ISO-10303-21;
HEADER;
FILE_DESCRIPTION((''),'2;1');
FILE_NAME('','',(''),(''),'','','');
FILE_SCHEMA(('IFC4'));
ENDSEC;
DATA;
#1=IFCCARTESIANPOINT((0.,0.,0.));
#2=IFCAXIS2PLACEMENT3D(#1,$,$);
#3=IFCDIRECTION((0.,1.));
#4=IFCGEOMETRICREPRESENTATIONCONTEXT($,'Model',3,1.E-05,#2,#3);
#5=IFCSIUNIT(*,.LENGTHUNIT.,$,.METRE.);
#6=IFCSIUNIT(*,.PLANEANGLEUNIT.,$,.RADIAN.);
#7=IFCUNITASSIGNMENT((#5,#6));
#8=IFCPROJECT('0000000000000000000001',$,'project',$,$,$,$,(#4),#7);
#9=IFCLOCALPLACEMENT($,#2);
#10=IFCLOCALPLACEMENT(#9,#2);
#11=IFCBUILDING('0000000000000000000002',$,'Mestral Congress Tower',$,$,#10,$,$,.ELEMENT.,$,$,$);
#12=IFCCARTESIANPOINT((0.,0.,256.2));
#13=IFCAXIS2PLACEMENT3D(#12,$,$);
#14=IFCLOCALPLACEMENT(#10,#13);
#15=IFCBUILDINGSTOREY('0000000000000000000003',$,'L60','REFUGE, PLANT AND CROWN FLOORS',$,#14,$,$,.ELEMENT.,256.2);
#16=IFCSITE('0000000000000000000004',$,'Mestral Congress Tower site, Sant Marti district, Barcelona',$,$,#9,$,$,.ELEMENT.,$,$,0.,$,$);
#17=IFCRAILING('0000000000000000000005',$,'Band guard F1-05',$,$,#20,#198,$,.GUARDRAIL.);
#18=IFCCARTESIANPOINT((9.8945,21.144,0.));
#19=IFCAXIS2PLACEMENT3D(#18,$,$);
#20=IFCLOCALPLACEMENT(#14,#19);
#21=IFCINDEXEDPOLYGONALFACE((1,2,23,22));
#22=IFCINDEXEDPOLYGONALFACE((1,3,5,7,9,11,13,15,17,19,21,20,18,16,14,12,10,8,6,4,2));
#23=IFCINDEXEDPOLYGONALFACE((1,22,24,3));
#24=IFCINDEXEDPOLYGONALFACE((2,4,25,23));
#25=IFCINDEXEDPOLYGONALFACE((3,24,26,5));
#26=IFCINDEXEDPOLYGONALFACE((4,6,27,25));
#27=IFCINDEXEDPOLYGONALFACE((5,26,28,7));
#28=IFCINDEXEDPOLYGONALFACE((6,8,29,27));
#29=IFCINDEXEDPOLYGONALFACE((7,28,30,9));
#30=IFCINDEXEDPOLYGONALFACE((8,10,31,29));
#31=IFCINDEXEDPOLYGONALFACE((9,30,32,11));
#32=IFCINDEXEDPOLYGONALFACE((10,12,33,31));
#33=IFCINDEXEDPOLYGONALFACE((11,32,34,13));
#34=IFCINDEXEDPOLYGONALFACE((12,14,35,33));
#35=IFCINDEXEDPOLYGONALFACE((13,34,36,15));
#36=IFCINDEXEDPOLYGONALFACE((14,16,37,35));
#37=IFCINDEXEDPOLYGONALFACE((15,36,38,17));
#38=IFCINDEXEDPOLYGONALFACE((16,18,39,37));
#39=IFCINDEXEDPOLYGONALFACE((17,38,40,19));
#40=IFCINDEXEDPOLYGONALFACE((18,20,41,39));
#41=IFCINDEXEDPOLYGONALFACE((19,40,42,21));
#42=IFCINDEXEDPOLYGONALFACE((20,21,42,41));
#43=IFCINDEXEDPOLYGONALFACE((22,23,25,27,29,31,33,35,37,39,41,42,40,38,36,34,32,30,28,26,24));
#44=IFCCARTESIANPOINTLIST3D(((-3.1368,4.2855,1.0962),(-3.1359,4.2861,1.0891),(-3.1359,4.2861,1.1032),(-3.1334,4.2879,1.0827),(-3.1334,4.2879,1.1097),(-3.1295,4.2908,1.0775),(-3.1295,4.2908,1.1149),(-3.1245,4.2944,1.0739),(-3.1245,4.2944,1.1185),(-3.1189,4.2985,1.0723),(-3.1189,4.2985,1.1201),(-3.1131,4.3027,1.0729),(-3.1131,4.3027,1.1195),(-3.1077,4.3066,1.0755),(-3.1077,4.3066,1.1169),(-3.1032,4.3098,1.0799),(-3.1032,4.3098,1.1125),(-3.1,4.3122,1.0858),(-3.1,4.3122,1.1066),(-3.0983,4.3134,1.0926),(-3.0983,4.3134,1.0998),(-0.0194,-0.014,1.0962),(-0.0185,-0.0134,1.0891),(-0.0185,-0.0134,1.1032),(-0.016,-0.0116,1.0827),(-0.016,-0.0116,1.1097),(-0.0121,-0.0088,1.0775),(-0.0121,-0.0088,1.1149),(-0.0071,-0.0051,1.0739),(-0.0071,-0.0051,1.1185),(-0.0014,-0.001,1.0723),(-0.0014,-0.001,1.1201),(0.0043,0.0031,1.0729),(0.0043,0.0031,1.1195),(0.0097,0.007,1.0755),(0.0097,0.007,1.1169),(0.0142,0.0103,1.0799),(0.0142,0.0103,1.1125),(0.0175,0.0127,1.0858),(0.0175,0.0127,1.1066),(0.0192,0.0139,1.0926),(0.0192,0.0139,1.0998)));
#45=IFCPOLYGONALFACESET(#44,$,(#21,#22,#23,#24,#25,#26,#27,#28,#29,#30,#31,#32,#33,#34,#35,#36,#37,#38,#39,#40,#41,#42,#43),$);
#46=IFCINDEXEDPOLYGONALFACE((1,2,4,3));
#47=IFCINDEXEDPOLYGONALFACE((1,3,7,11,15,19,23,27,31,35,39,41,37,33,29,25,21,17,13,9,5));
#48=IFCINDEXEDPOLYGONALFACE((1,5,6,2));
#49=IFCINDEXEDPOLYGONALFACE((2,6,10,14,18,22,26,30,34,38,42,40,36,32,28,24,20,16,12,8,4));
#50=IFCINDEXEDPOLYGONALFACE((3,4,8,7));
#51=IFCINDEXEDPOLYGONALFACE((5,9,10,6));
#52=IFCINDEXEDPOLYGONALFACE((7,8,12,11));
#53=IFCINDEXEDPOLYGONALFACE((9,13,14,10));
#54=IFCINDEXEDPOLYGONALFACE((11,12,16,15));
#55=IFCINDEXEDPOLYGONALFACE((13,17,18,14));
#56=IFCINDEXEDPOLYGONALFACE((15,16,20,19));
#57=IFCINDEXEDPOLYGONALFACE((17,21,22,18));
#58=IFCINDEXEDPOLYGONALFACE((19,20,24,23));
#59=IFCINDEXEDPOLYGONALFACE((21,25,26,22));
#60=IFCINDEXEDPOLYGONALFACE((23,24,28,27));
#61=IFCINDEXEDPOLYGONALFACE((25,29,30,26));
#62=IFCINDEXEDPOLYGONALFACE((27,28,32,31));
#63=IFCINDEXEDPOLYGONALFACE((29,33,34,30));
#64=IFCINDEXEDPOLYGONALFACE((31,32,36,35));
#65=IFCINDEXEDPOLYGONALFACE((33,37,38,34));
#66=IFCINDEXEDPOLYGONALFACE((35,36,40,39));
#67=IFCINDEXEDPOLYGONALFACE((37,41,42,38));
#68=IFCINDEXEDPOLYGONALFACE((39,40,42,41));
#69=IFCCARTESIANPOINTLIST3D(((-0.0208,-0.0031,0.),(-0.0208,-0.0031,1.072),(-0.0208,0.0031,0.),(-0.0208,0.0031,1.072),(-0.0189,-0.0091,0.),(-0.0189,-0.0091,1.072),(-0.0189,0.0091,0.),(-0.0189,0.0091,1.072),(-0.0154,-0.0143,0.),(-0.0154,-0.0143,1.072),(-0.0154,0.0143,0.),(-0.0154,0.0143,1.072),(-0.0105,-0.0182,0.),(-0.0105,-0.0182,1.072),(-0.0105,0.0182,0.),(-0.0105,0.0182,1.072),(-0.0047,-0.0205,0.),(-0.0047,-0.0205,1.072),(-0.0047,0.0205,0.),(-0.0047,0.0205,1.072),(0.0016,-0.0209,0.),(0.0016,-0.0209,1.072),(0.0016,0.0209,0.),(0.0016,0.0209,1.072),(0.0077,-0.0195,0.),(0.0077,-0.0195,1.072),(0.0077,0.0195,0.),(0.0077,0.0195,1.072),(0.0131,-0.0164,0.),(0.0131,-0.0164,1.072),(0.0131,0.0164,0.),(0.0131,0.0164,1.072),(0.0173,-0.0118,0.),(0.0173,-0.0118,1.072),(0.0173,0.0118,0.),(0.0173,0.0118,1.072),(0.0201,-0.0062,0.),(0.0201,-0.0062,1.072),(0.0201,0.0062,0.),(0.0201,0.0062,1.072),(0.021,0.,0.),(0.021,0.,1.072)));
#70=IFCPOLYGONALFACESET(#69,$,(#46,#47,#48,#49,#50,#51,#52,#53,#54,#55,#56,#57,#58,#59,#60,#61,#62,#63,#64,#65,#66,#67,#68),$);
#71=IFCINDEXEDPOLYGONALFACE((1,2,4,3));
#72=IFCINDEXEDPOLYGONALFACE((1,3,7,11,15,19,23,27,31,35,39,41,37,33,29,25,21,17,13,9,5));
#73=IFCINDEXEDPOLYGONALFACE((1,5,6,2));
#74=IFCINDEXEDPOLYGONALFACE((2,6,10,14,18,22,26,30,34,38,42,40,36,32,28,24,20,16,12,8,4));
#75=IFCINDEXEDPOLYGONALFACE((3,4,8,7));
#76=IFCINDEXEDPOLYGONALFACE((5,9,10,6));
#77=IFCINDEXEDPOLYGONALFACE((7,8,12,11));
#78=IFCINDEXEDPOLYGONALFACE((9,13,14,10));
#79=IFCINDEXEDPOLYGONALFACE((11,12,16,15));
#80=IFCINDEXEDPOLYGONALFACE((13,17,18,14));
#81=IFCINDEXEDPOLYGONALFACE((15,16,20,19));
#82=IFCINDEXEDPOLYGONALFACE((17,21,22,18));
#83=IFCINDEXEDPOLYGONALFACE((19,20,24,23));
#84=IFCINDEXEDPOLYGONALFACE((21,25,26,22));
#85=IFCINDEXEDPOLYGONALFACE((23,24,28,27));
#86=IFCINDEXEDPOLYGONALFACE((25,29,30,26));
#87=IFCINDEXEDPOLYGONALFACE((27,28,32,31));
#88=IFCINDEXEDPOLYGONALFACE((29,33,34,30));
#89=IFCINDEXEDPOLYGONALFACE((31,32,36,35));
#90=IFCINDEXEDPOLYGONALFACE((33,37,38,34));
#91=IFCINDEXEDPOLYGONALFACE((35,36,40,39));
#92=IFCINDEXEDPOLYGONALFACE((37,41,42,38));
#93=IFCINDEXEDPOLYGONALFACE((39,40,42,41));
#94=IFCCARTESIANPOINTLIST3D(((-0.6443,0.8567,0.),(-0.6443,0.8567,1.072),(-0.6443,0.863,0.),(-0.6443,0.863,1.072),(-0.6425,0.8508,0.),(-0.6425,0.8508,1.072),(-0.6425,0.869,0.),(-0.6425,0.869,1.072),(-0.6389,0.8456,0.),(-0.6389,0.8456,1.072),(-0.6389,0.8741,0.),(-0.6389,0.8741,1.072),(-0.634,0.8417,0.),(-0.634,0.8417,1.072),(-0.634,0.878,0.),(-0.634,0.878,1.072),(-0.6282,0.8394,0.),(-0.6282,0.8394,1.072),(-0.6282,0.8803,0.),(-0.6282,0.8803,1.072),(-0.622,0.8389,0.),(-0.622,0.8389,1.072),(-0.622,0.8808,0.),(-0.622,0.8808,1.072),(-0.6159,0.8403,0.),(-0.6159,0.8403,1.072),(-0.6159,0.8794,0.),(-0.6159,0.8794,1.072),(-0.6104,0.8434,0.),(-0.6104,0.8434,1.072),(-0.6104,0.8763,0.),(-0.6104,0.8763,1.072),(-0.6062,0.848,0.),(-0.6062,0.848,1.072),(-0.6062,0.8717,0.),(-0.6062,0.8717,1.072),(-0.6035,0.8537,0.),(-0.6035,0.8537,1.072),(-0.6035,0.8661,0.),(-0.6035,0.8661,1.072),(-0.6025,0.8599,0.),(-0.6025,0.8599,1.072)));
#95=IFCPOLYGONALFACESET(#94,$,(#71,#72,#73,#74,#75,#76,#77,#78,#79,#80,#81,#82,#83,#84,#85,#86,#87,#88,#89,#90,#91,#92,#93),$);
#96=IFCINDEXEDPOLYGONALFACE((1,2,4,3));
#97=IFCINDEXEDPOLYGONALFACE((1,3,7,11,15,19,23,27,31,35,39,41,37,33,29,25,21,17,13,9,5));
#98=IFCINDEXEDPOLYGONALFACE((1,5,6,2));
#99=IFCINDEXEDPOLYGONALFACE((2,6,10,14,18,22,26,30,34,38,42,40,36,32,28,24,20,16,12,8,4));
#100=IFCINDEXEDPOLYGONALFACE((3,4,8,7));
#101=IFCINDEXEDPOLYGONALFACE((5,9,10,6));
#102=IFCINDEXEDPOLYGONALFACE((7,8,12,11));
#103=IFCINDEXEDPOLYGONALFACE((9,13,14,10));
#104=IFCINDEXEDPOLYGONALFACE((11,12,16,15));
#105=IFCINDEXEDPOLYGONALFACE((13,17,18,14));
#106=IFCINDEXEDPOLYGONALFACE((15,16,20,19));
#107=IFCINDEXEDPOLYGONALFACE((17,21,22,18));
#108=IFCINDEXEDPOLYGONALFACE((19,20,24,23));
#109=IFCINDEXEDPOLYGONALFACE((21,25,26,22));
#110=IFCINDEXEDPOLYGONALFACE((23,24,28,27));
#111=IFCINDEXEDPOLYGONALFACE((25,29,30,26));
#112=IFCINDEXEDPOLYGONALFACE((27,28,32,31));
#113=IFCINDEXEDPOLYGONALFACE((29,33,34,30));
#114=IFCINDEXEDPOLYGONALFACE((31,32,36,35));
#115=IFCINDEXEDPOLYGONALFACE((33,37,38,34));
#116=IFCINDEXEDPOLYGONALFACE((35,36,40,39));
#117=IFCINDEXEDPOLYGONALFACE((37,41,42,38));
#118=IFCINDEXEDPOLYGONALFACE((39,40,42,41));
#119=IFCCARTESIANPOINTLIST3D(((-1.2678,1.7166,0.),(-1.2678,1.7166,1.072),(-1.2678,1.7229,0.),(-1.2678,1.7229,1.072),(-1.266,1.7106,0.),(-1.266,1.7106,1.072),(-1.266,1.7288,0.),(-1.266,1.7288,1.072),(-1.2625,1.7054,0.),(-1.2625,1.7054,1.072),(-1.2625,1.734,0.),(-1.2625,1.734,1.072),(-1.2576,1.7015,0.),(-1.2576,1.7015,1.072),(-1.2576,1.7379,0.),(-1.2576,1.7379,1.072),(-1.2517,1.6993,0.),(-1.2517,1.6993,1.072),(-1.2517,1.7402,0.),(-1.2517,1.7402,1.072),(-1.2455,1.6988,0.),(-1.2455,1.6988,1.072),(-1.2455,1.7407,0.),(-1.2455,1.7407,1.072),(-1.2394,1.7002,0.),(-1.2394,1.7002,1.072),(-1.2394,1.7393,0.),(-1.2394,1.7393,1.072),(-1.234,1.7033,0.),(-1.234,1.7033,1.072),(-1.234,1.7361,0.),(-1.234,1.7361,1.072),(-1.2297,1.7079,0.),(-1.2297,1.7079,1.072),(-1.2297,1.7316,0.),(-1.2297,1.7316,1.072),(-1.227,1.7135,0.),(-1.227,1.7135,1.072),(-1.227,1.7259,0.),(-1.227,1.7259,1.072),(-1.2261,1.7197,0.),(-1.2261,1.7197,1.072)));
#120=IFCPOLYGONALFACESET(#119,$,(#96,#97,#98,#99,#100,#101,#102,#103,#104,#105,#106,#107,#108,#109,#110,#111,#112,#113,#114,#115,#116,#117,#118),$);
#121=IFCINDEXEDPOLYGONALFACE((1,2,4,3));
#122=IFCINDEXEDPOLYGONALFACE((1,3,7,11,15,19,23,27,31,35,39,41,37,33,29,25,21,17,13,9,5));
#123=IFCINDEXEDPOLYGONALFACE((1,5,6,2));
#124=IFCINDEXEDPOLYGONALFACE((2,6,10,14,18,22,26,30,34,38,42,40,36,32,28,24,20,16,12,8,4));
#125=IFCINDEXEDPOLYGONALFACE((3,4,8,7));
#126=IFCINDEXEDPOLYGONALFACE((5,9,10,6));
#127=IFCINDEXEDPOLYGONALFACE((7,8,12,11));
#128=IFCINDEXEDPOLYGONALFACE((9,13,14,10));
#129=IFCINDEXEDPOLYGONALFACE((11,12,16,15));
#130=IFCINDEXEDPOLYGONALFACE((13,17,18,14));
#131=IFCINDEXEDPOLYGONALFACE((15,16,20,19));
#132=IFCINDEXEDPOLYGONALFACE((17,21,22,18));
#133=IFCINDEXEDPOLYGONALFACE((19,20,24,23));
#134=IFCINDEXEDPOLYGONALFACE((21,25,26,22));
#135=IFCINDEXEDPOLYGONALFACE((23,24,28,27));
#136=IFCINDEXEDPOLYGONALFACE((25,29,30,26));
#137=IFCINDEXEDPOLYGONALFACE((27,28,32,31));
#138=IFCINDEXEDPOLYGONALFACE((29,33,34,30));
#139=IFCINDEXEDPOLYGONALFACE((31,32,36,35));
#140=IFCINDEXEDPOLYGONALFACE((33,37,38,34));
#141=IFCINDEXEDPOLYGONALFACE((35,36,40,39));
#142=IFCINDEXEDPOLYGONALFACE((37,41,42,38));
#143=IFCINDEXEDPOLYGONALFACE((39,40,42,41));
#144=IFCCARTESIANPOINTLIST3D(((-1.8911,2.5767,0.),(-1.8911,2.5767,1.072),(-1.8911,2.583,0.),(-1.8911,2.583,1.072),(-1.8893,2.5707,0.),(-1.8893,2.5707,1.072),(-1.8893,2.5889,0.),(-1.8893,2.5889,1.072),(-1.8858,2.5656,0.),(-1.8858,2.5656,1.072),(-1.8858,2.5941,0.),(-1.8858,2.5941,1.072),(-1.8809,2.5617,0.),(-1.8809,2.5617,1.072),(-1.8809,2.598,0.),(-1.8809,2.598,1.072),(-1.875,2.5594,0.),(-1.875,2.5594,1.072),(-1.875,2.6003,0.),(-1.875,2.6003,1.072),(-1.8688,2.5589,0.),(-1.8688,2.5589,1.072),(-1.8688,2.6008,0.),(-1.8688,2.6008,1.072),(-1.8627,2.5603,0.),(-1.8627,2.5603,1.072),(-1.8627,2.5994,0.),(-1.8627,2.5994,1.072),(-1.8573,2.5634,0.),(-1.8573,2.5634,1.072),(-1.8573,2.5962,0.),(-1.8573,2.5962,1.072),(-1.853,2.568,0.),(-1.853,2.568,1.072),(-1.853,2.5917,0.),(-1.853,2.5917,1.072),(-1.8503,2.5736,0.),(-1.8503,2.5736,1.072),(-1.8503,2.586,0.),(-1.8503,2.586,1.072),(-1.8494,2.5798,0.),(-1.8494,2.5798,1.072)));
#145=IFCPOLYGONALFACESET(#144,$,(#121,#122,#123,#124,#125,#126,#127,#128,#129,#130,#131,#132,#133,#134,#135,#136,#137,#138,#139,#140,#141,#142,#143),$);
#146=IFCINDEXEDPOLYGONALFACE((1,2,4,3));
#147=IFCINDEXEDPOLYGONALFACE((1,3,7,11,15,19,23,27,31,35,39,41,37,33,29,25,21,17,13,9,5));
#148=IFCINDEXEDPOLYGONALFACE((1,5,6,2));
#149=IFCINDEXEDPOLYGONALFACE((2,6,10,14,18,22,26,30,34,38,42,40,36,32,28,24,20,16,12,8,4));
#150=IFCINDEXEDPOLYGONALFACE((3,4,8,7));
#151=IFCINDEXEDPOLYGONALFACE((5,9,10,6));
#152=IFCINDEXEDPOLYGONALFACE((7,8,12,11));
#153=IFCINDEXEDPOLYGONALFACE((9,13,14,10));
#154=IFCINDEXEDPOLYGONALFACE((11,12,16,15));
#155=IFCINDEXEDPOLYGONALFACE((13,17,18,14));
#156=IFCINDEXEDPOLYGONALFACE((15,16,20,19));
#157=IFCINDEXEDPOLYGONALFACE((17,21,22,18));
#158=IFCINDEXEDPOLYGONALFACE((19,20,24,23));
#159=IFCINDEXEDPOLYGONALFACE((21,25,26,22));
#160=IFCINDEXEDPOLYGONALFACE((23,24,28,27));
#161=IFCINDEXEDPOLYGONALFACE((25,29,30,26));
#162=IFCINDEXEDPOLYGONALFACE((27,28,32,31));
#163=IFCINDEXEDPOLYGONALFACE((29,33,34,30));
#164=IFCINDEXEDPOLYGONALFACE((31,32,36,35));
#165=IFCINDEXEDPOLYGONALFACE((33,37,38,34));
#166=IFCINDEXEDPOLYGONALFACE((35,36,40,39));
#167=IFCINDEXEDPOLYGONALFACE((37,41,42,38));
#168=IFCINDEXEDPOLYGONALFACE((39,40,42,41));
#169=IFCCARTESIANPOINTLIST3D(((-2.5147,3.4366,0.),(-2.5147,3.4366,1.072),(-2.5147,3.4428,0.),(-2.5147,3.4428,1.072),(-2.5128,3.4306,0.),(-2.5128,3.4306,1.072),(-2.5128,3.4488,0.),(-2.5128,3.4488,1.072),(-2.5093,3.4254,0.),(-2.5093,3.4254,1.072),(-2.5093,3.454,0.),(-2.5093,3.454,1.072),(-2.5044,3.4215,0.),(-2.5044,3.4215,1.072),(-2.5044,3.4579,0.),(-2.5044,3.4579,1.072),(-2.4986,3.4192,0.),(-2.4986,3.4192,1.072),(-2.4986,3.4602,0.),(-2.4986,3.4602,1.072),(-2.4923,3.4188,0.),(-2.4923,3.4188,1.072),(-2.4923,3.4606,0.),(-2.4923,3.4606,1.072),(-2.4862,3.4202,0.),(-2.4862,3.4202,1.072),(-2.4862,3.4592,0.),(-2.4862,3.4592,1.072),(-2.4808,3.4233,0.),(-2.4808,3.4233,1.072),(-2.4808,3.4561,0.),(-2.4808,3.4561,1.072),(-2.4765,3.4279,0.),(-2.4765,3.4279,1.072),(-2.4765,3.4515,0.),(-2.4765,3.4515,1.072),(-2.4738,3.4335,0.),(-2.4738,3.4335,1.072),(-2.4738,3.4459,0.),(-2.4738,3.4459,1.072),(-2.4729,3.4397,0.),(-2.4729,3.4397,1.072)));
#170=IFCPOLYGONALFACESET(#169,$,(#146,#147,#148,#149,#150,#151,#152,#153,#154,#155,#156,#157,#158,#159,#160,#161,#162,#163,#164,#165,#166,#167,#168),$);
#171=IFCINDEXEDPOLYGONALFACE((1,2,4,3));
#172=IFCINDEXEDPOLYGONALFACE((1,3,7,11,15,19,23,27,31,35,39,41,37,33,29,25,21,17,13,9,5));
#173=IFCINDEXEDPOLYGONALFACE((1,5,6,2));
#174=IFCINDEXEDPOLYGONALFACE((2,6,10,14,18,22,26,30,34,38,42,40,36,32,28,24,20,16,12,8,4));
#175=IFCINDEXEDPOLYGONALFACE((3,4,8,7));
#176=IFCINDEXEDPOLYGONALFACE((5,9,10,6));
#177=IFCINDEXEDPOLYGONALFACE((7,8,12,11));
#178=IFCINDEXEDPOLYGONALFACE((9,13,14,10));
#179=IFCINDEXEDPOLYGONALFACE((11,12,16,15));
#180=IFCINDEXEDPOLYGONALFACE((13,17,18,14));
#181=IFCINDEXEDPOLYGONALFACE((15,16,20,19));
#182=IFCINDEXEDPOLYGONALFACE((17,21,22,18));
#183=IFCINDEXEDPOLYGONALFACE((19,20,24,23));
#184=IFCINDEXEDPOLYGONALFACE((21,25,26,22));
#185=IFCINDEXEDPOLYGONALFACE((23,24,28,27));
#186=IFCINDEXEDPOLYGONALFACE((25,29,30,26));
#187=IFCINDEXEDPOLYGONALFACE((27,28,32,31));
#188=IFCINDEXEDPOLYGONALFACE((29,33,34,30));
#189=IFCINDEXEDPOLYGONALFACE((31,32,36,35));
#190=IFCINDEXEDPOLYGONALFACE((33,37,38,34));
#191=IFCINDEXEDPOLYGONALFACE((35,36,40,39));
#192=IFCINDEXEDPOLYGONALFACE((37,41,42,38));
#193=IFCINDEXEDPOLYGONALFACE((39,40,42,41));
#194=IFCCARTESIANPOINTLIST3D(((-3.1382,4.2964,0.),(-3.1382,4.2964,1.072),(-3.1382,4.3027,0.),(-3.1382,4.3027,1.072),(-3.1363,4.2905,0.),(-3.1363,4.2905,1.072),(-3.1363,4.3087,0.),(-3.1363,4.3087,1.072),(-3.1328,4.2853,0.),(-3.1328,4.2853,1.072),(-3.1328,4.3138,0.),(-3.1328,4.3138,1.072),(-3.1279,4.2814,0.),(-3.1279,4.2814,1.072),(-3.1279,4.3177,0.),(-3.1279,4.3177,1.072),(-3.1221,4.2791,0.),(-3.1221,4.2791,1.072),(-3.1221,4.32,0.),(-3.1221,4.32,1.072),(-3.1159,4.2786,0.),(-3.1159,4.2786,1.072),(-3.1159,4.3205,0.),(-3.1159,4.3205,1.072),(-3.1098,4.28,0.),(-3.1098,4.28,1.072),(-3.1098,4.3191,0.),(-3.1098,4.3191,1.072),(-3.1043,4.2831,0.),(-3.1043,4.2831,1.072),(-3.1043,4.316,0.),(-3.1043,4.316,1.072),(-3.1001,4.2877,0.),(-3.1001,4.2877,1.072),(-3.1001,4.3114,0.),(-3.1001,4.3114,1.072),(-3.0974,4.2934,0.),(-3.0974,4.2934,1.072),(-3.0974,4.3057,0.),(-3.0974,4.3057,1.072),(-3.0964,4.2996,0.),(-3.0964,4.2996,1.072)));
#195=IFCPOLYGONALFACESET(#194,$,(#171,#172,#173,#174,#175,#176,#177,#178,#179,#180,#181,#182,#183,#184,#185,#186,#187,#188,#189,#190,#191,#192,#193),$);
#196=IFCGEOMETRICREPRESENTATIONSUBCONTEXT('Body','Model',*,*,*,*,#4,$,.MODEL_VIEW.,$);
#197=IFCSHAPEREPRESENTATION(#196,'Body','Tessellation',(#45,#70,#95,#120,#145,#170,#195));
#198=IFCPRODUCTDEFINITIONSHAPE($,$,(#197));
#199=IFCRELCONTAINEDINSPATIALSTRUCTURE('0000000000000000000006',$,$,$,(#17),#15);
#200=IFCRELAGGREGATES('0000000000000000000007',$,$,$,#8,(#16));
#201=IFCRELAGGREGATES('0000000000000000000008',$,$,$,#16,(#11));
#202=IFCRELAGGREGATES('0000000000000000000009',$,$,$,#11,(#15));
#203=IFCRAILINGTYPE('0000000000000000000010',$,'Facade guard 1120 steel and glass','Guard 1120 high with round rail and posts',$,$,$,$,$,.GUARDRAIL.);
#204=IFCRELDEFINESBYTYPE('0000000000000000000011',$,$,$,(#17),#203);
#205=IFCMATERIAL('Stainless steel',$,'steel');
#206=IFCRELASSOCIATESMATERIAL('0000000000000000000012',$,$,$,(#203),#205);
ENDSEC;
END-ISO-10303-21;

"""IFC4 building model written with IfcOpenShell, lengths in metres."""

from ifc_helpers import new_model, si_unit, direction, frame, origin, origin_2d, place, context, subcontext, project, spatial, circle, extrude, material, type_object, element, save


model = new_model("IFC4")

# Units and contexts
model_context = context("Model", 3, precision=1e-05, world=origin(), true_north=direction((0.0, 1.0)))
body_context = subcontext(model_context, "Body", "Model", "MODEL_VIEW")
ifc_project = project(units=[si_unit("LENGTHUNIT", "METRE"), si_unit("PLANEANGLEUNIT", "RADIAN")], contexts=[model_context])

# Site, building, storey
site_placement = place(None, origin())
site = spatial("IfcSite", under=ifc_project, at=site_placement, Name="Mestral Congress Tower site, Sant Marti district, Barcelona", CompositionType="ELEMENT", RefElevation=0.0)
building_placement = place(site_placement, origin())
building = spatial("IfcBuilding", under=site, at=building_placement, Name="Mestral Congress Tower", CompositionType="ELEMENT")
storey_placement = place(building_placement, frame((0.0, 0.0, 256.2)))
storey = spatial("IfcBuildingStorey", under=building, at=storey_placement, Name="L60", Description="REFUGE, PLANT AND CROWN FLOORS", CompositionType="ELEMENT", Elevation=256.2)

# Railing
ifc_material_1 = material(Name="Stainless steel", Category="steel")
railing_type_1 = type_object("IfcRailingType", Name="Facade guard 1120 steel and glass", Description="Guard 1120 high with round rail and posts", PredefinedType="GUARDRAIL", material=ifc_material_1)
railing_1_placement = place(storey_placement, frame((9.8945, 21.144, 0.0)))
element("IfcRailing", 1, at=railing_1_placement, inside=storey, type_object=railing_type_1, Name="Band guard F1-05", PredefinedType="GUARDRAIL", context=body_context, shape_type="SweptSolid", body=[
    extrude(circle(Radius=0.0239, at=origin_2d()), frame((0.0, 0.0, 1.0962), z_axis=(-0.586998, 0.809588, 0.0), x_axis=(-0.809588, -0.586998, 0.0)), (0.0, 0.0, 1.0), 5.3108),
    extrude(circle(Radius=0.021, at=origin_2d()), origin(), (0.0, 0.0, 1.0), 1.072),
    extrude(circle(Radius=0.021, at=origin_2d()), frame((-0.6235, 0.8599, 0.0)), (0.0, 0.0, 1.0), 1.072),
    extrude(circle(Radius=0.021, at=origin_2d()), frame((-1.2471, 1.7197, 0.0)), (0.0, 0.0, 1.0), 1.072),
    extrude(circle(Radius=0.021, at=origin_2d()), frame((-1.8704, 2.5798, 0.0)), (0.0, 0.0, 1.0), 1.072),
    extrude(circle(Radius=0.021, at=origin_2d()), frame((-2.4939, 3.4397, 0.0)), (0.0, 0.0, 1.0), 1.072),
    extrude(circle(Radius=0.021, at=origin_2d()), frame((-3.1174, 4.2996, 0.0)), (0.0, 0.0, 1.0), 1.072),
])

save(model, "model.ifc")
